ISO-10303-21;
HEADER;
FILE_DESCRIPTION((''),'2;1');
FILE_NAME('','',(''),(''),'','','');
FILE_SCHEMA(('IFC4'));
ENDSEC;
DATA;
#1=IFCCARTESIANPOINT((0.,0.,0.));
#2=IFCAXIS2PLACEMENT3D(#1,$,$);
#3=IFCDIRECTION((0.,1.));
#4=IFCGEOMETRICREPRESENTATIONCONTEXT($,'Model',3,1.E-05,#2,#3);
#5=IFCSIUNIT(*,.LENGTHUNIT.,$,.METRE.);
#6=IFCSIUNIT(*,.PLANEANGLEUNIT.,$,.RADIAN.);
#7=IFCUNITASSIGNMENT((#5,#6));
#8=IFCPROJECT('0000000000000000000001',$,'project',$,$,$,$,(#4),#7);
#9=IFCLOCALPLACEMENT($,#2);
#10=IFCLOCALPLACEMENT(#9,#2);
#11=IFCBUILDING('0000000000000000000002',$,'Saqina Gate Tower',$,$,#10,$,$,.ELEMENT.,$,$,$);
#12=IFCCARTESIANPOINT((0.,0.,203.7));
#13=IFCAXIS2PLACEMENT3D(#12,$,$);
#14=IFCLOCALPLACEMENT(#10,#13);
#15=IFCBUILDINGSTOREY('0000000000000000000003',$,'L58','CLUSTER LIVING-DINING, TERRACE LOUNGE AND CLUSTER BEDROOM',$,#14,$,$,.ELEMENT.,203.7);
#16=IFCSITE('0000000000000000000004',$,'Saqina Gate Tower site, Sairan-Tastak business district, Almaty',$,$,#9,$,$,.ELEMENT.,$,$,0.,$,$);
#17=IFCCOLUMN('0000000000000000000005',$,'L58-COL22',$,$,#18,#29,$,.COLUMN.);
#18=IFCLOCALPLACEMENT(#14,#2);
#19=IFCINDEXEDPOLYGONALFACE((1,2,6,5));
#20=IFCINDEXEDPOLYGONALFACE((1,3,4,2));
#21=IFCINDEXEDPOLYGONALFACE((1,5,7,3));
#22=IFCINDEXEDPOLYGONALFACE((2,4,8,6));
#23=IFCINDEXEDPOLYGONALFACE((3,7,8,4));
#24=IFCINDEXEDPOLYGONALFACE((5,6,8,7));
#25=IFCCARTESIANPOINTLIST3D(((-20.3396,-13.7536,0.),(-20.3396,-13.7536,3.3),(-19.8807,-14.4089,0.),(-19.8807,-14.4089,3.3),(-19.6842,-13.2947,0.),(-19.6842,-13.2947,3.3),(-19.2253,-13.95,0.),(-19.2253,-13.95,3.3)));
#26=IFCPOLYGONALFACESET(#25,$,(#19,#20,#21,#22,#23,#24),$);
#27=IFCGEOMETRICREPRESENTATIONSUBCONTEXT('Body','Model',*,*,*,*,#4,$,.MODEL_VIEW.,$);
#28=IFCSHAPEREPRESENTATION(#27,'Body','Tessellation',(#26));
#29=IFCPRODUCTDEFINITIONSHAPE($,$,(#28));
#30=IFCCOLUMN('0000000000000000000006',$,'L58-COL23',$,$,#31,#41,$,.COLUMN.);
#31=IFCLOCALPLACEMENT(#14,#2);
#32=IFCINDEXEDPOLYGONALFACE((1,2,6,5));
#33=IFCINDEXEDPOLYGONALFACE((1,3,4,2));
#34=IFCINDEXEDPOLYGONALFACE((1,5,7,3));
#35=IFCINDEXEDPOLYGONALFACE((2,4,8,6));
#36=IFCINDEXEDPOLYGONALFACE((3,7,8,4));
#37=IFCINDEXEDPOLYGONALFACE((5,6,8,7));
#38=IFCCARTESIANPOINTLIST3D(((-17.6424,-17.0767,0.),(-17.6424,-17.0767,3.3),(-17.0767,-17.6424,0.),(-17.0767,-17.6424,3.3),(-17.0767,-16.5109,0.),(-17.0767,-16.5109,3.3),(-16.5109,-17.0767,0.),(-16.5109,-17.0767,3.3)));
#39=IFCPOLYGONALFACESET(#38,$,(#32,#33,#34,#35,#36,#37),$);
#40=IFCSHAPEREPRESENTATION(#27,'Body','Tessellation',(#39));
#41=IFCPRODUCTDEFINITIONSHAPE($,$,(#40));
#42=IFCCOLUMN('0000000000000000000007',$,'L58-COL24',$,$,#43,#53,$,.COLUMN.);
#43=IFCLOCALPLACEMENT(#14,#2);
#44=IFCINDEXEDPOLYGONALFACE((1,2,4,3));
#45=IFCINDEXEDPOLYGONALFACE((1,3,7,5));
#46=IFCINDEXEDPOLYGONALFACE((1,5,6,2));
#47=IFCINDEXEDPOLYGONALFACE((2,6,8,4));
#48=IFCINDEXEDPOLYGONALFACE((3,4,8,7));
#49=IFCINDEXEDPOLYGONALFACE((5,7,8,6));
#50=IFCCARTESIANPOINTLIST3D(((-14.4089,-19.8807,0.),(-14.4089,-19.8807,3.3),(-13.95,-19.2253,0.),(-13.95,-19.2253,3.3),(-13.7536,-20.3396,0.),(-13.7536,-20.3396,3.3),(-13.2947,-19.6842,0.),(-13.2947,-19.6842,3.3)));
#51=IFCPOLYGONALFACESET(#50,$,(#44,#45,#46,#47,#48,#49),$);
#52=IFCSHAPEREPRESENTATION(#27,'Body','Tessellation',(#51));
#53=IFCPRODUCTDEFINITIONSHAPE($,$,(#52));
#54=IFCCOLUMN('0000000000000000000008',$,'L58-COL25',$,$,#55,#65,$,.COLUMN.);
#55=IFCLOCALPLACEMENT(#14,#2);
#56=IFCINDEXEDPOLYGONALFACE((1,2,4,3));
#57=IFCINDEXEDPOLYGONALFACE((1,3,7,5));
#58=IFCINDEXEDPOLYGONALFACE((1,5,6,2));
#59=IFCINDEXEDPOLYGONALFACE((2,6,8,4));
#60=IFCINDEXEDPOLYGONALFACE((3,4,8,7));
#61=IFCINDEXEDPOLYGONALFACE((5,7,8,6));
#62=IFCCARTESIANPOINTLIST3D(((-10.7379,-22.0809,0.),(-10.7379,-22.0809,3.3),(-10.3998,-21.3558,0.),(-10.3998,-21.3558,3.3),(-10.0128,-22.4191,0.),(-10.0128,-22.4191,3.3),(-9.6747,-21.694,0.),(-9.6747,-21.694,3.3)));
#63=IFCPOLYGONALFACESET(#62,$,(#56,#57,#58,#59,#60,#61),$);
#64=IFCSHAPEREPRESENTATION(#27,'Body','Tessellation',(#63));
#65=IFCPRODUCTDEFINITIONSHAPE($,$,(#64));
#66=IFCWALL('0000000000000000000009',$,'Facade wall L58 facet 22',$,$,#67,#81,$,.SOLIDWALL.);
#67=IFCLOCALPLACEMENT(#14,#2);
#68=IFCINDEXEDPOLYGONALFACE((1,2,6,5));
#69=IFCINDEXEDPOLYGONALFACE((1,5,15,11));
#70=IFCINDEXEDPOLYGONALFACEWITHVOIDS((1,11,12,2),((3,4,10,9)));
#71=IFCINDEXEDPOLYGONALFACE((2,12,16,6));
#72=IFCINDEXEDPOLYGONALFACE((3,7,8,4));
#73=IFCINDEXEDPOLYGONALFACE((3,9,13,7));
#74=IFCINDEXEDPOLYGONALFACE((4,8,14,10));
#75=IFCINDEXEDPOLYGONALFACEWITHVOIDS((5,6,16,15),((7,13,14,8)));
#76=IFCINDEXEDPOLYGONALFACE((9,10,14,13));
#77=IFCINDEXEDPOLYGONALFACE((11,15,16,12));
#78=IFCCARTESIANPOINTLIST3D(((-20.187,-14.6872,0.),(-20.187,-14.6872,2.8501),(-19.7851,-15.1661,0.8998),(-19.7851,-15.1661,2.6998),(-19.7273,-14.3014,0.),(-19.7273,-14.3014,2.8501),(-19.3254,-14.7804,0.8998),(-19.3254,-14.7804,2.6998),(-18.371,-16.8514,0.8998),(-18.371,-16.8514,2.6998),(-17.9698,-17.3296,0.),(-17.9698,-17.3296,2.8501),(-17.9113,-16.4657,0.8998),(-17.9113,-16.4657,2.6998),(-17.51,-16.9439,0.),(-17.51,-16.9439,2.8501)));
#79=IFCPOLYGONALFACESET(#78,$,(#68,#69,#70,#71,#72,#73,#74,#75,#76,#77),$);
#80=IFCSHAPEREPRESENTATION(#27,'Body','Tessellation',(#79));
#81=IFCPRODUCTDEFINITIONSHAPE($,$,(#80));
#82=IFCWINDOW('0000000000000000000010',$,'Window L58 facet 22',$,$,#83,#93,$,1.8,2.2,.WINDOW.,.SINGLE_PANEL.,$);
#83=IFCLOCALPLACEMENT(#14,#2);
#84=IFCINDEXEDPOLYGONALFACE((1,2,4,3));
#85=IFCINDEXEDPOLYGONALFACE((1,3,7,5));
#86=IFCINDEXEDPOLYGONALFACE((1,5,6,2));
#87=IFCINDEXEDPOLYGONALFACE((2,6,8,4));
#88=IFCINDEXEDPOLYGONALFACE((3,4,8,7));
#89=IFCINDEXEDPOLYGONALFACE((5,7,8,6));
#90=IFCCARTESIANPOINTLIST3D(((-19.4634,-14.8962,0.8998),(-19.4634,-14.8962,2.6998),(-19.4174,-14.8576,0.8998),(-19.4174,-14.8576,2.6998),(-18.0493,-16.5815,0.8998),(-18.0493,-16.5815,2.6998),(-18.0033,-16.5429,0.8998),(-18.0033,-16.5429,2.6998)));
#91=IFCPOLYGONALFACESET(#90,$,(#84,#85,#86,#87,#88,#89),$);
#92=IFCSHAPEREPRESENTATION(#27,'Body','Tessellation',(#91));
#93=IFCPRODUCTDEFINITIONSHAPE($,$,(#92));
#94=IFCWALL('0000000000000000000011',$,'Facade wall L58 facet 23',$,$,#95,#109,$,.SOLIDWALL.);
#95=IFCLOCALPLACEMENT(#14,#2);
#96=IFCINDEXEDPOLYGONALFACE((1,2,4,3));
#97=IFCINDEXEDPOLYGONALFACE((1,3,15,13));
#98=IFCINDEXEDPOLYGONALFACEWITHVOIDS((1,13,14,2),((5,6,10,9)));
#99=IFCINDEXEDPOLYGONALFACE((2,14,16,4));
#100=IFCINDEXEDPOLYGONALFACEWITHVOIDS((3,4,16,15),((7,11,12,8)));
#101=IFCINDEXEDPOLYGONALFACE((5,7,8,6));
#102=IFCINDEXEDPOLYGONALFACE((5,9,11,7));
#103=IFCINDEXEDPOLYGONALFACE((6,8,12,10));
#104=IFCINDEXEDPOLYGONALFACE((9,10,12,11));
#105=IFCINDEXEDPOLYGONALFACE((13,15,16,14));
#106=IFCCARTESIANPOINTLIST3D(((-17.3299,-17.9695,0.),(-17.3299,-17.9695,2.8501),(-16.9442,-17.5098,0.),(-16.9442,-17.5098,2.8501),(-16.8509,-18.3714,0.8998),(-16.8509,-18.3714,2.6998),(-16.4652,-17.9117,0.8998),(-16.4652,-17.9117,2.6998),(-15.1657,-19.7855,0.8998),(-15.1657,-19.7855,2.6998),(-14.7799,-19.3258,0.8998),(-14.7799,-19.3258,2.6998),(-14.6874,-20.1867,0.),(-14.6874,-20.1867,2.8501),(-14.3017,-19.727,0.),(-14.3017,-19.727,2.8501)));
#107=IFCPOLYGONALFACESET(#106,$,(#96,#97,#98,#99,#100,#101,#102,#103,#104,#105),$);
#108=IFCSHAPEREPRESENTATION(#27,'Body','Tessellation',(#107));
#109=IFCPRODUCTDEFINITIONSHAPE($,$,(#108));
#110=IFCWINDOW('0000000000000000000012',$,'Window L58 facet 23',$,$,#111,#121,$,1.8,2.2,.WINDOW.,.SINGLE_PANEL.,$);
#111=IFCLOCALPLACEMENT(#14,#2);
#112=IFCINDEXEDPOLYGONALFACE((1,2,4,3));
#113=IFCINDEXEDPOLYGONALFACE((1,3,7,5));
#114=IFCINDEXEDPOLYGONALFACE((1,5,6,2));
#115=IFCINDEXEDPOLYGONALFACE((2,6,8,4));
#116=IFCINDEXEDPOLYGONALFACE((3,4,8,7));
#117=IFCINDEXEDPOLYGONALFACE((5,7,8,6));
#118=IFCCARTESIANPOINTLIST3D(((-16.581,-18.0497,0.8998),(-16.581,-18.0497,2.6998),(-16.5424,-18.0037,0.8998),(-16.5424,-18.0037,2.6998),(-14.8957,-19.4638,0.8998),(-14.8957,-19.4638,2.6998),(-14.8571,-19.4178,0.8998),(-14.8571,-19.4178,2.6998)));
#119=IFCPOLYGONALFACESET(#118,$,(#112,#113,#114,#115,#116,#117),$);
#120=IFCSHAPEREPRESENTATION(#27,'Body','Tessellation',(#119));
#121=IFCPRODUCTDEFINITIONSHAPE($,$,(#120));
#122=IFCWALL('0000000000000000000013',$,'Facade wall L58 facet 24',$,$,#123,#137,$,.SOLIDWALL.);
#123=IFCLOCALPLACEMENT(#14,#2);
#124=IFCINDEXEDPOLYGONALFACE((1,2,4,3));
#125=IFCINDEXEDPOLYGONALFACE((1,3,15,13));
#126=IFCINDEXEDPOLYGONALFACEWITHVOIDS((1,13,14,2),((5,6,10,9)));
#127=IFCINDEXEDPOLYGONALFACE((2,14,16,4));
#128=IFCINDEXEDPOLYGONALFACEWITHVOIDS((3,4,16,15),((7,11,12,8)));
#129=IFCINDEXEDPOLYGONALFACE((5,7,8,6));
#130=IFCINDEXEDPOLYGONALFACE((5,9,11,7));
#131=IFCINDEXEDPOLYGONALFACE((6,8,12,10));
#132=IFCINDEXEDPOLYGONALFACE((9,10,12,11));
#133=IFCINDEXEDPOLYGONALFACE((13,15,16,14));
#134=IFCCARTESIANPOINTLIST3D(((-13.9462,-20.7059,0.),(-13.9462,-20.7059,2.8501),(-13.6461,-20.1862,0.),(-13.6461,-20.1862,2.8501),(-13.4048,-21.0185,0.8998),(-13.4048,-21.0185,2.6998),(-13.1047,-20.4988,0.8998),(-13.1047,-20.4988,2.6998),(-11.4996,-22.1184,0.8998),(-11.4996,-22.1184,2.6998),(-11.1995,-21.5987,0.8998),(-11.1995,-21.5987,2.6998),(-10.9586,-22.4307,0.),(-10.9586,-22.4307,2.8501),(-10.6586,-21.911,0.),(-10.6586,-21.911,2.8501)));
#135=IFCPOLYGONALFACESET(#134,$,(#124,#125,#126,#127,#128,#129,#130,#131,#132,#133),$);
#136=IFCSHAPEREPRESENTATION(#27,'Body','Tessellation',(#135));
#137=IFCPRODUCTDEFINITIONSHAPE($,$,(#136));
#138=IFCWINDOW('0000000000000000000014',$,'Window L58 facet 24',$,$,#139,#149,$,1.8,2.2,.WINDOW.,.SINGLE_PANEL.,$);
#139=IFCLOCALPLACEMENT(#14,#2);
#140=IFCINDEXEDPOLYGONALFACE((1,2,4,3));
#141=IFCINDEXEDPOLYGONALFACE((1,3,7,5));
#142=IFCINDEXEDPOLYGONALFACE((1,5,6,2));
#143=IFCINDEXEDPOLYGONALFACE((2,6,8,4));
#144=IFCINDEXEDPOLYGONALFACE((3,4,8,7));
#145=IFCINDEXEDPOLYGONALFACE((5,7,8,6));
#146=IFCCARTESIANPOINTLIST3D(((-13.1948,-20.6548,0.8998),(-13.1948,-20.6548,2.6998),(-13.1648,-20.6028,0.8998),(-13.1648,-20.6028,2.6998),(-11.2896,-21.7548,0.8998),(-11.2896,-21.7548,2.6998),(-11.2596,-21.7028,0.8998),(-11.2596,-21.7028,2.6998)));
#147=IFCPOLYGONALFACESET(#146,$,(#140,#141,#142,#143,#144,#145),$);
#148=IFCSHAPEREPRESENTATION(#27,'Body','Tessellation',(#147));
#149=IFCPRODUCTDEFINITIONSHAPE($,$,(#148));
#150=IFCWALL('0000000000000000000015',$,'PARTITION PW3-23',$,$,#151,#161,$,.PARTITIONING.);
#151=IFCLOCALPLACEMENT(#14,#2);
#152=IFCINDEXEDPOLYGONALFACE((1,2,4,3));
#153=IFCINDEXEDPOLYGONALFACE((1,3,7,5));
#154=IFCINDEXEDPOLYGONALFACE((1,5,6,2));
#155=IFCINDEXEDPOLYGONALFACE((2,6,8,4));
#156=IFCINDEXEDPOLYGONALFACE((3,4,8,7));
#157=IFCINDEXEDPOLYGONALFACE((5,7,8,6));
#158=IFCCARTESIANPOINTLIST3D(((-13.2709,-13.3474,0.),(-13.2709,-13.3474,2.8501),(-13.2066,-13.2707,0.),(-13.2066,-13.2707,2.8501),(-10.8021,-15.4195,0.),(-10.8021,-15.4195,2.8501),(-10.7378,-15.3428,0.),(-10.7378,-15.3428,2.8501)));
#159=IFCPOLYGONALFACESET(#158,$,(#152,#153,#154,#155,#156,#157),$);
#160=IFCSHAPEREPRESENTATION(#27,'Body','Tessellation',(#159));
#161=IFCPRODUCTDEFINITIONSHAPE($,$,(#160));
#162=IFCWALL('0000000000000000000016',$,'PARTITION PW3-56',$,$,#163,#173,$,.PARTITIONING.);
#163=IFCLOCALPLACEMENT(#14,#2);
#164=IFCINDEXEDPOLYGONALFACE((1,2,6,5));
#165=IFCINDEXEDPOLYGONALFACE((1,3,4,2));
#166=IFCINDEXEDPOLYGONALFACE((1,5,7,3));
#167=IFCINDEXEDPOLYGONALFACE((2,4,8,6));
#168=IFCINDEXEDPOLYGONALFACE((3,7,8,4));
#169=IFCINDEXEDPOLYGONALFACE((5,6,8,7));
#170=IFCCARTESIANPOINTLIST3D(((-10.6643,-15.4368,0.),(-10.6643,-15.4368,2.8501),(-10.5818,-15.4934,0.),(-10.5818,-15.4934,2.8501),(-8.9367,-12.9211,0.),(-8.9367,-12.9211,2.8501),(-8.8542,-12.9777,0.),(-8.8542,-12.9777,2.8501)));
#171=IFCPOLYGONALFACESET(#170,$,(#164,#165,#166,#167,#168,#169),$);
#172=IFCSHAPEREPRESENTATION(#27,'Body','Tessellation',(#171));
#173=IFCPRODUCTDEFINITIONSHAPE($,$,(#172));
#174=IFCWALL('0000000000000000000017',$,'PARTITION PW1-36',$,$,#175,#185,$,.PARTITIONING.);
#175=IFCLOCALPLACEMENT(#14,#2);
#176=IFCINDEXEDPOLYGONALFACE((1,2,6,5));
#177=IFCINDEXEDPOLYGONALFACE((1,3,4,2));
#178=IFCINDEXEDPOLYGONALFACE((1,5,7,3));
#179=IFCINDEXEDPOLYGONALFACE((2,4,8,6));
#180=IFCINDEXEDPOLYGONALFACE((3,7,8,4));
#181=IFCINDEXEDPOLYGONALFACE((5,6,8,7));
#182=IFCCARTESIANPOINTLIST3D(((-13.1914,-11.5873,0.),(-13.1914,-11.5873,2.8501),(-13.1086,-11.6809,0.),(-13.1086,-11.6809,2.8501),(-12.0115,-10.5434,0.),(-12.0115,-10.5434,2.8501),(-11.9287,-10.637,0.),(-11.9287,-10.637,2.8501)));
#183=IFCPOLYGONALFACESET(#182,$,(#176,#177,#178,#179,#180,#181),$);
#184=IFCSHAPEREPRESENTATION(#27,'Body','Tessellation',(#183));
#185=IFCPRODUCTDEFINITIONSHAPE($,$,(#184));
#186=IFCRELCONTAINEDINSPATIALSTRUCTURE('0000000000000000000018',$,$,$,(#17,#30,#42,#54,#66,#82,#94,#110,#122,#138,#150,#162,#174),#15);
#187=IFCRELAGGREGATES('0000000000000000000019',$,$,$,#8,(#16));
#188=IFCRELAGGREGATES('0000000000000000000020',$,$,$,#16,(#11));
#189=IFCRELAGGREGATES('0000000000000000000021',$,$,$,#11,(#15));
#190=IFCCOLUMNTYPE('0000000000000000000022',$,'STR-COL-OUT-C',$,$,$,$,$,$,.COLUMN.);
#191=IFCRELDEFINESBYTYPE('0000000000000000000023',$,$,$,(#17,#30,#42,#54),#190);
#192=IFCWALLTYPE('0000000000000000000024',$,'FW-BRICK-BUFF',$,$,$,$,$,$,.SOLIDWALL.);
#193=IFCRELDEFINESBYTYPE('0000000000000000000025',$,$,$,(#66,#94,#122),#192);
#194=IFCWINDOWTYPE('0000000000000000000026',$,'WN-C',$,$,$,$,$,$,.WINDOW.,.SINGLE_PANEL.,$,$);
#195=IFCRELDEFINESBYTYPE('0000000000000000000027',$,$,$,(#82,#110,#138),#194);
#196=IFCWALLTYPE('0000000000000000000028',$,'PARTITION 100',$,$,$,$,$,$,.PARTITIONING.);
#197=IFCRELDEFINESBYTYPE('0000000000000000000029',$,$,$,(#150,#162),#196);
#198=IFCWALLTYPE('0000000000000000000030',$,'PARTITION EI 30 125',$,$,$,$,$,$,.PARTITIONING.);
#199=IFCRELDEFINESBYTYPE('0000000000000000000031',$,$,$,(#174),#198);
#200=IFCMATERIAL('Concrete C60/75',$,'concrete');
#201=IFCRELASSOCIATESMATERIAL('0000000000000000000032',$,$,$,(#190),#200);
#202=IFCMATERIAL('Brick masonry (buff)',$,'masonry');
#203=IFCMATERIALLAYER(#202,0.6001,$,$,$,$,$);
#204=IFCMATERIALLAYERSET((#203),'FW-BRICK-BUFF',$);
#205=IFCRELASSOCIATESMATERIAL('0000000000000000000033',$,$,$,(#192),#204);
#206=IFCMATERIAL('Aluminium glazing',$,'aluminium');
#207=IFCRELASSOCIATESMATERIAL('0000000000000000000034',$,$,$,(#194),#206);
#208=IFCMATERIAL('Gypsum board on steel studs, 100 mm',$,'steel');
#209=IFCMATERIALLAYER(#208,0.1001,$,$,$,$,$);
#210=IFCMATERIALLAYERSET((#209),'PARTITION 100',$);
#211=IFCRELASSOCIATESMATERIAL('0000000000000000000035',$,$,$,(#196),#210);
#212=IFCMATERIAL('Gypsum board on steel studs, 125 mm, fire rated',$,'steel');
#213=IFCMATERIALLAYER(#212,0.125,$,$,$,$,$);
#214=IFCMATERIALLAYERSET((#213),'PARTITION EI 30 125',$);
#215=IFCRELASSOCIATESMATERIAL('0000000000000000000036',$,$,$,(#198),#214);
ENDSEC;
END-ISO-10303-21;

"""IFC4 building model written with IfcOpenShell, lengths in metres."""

from ifc_helpers import new_model, si_unit, direction, frame, frame_2d, origin, origin_2d, place, context, subcontext, project, spatial, rectangle, extrude, material, layer, layer_set, material_profile, profile_set, type_object, element, fill, save


model = new_model("IFC4")

# Units and contexts
model_context = context("Model", 3, precision=1e-05, world=origin(), true_north=direction((0.0, 1.0)))
body_context = subcontext(model_context, "Body", "Model", "MODEL_VIEW")
ifc_project = project(units=[si_unit("LENGTHUNIT", "METRE"), si_unit("PLANEANGLEUNIT", "RADIAN")], contexts=[model_context])

# Site, building, storey
site_placement = place(None, origin())
site = spatial("IfcSite", under=ifc_project, at=site_placement, Name="Saqina Gate Tower site, Sairan-Tastak business district, Almaty", CompositionType="ELEMENT", RefElevation=0.0)
building_placement = place(site_placement, origin())
building = spatial("IfcBuilding", under=site, at=building_placement, Name="Saqina Gate Tower", CompositionType="ELEMENT")
storey_placement = place(building_placement, frame((0.0, 0.0, 203.7)))
storey = spatial("IfcBuildingStorey", under=building, at=storey_placement, Name="L58", Description="CLUSTER LIVING-DINING, TERRACE LOUNGE AND CLUSTER BEDROOM", CompositionType="ELEMENT", Elevation=203.7)

# Columns
ifc_material_1 = material(Name="Concrete C60/75", Category="concrete")
ifc_material_profile = material_profile(ifc_material_1, rectangle(XDim=0.8, YDim=0.8, at=origin_2d()), Name="RC 800x800")
ifc_profile_set = profile_set([ifc_material_profile], Name="Concrete C60/75")
column_type = type_object("IfcColumnType", Name="STR-COL-OUT-C", PredefinedType="COLUMN", material=ifc_profile_set)
for number, where, z_axis, x_axis, name in (
    (1, (-19.7825, -13.8518, 0.0), (0.0, 0.0, 1.0), (-0.819152, -0.573576, 0.0), "L58-COL22"),
    (2, (-17.0767, -17.0767, 0.0), (0.0, 0.0, 1.0), (-0.707107, -0.707107, 0.0), "L58-COL23"),
    (3, (-13.8518, -19.7825, 0.0), (0.0, 0.0, 1.0), (-0.573576, -0.819152, 0.0), "L58-COL24"),
    (4, (-10.2063, -21.8875, 0.0), (0.0, 0.0, 1.0), (-0.422618, -0.906308, 0.0), "L58-COL25"),
):
    element("IfcColumn", number, at=place(storey_placement, frame(where, z_axis=z_axis, x_axis=x_axis)), inside=storey, type_object=column_type, Name=name, PredefinedType="COLUMN", context=body_context, shape_type="SweptSolid", body=[
        extrude(rectangle(XDim=0.8, YDim=0.8, at=origin_2d()), origin(), (0.0, 0.0, 1.0), 3.3),
    ])

# Walls, openings, windows
ifc_material_2 = material(Name="Brick masonry (buff)", Category="masonry")
ifc_layer_1 = layer(ifc_material_2, 0.6001)
ifc_layer_set_1 = layer_set([ifc_layer_1], Name="FW-BRICK-BUFF")
wall_type_1 = type_object("IfcWallType", Name="FW-BRICK-BUFF", PredefinedType="SOLIDWALL", material=ifc_layer_set_1)
wall_1_placement = place(storey_placement, frame((-19.957, -14.4944, 0.0), z_axis=(0.0, 0.0, 1.0), x_axis=(0.64277, -0.766059, 0.0)))
wall_1 = element("IfcWall", 5, at=wall_1_placement, inside=storey, type_object=wall_type_1, Name="Facade wall L58 facet 22", PredefinedType="SOLIDWALL", context=body_context, shape_type="SweptSolid", body=[
    extrude(rectangle(XDim=3.4495, YDim=0.6001, at=frame_2d((1.7246, 0.0))), origin(), (0.0, 0.0, 1.0), 2.8501),
])
opening_1_placement = place(wall_1_placement, frame((0.625, 0.0, 0.8999)))
opening_1 = element("IfcOpeningElement", 6, at=opening_1_placement, cuts=wall_1, PredefinedType="OPENING", context=body_context, shape_type="SweptSolid", body=[
    extrude(rectangle(XDim=2.2, YDim=1.8, at=frame_2d((1.1001, 0.8999))), frame((0.0, 0.312, 0.0), z_axis=(0.0, -1.0, 0.0), x_axis=(1.0, 0.0, 0.0)), (0.0, 0.0, 1.0), 0.624),
])
ifc_material_3 = material(Name="Aluminium glazing", Category="aluminium")
window_type = type_object("IfcWindowType", Name="WN-C", PartitioningType="SINGLE_PANEL", PredefinedType="WINDOW", material=ifc_material_3)
window_1_placement = place(opening_1_placement, origin())
window_1 = element("IfcWindow", 7, at=window_1_placement, inside=storey, type_object=window_type, Name="Window L58 facet 22", OverallHeight=1.8, OverallWidth=2.2, PartitioningType="SINGLE_PANEL", PredefinedType="WINDOW", context=body_context, shape_type="SweptSolid", body=[
    extrude(rectangle(XDim=2.2, YDim=1.8, at=frame_2d((1.1001, 0.8999))), frame((0.0, 0.1799, 0.0), z_axis=(0.0, -1.0, 0.0), x_axis=(1.0, 0.0, 0.0)), (0.0, 0.0, 1.0), 0.0601),
])
fill(opening_1, window_1)
wall_2_placement = place(storey_placement, frame((-17.137, -17.7397, 0.0), z_axis=(0.0, 0.0, 1.0), x_axis=(0.766059, -0.64277, 0.0)))
wall_2 = element("IfcWall", 8, at=wall_2_placement, inside=storey, type_object=wall_type_1, Name="Facade wall L58 facet 23", PredefinedType="SOLIDWALL", context=body_context, shape_type="SweptSolid", body=[
    extrude(rectangle(XDim=3.4495, YDim=0.6001, at=frame_2d((1.7246, 0.0))), origin(), (0.0, 0.0, 1.0), 2.8501),
])
opening_2_placement = place(wall_2_placement, frame((0.625, 0.0, 0.8999)))
opening_2 = element("IfcOpeningElement", 9, at=opening_2_placement, cuts=wall_2, PredefinedType="OPENING", context=body_context, shape_type="SweptSolid", body=[
    extrude(rectangle(XDim=2.2, YDim=1.8, at=frame_2d((1.1001, 0.8999))), frame((0.0, 0.312, 0.0), z_axis=(0.0, -1.0, 0.0), x_axis=(1.0, 0.0, 0.0)), (0.0, 0.0, 1.0), 0.624),
])
window_2_placement = place(opening_2_placement, origin())
window_2 = element("IfcWindow", 10, at=window_2_placement, inside=storey, type_object=window_type, Name="Window L58 facet 23", OverallHeight=1.8, OverallWidth=2.2, PartitioningType="SINGLE_PANEL", PredefinedType="WINDOW", context=body_context, shape_type="SweptSolid", body=[
    extrude(rectangle(XDim=2.2, YDim=1.8, at=frame_2d((1.1001, 0.8999))), frame((0.0, 0.1799, 0.0), z_axis=(0.0, -1.0, 0.0), x_axis=(1.0, 0.0, 0.0)), (0.0, 0.0, 1.0), 0.0601),
])
fill(opening_2, window_2)
wall_3_placement = place(storey_placement, frame((-13.7961, -20.446, 0.0), z_axis=(0.0, 0.0, 1.0), x_axis=(0.866026, -0.499998, 0.0)))
wall_3 = element("IfcWall", 11, at=wall_3_placement, inside=storey, type_object=wall_type_1, Name="Facade wall L58 facet 24", PredefinedType="SOLIDWALL", context=body_context, shape_type="SweptSolid", body=[
    extrude(rectangle(XDim=3.4497, YDim=0.6001, at=frame_2d((1.7249, 0.0))), origin(), (0.0, 0.0, 1.0), 2.8501),
])
opening_3_placement = place(wall_3_placement, frame((0.625, 0.0, 0.8999)))
opening_3 = element("IfcOpeningElement", 12, at=opening_3_placement, cuts=wall_3, PredefinedType="OPENING", context=body_context, shape_type="SweptSolid", body=[
    extrude(rectangle(XDim=2.2, YDim=1.8, at=frame_2d((1.1001, 0.8999))), frame((0.0, 0.312, 0.0), z_axis=(0.0, -1.0, 0.0), x_axis=(1.0, 0.0, 0.0)), (0.0, 0.0, 1.0), 0.624),
])
window_3_placement = place(opening_3_placement, origin())
window_3 = element("IfcWindow", 13, at=window_3_placement, inside=storey, type_object=window_type, Name="Window L58 facet 24", OverallHeight=1.8, OverallWidth=2.2, PartitioningType="SINGLE_PANEL", PredefinedType="WINDOW", context=body_context, shape_type="SweptSolid", body=[
    extrude(rectangle(XDim=2.2, YDim=1.8, at=frame_2d((1.1001, 0.8999))), frame((0.0, 0.1799, 0.0), z_axis=(0.0, -1.0, 0.0), x_axis=(1.0, 0.0, 0.0)), (0.0, 0.0, 1.0), 0.0601),
])
fill(opening_3, window_3)

# Walls
ifc_material_4 = material(Name="Gypsum board on steel studs, 100 mm", Category="steel")
ifc_layer_2 = layer(ifc_material_4, 0.1001)
ifc_layer_set_2 = layer_set([ifc_layer_2], Name="PARTITION 100")
wall_type_2 = type_object("IfcWallType", Name="PARTITION 100", PredefinedType="PARTITIONING", material=ifc_layer_set_2)
wall_4_placement = place(storey_placement, frame((-13.2388, -13.3091, 0.0), z_axis=(0.0, 0.0, 1.0), x_axis=(0.765969, -0.642878, 0.0)))
element("IfcWall", 14, at=wall_4_placement, inside=storey, type_object=wall_type_2, Name="PARTITION PW3-23", PredefinedType="PARTITIONING", context=body_context, shape_type="SweptSolid", body=[
    extrude(rectangle(XDim=3.2231, YDim=0.1001, at=frame_2d((1.6116, 0.0))), origin(), (0.0, 0.0, 1.0), 2.8501),
])
wall_5_placement = place(storey_placement, frame((-10.623, -15.4651, 0.0), z_axis=(0.0, 0.0, 1.0), x_axis=(0.566094, 0.824341, 0.0)))
element("IfcWall", 15, at=wall_5_placement, inside=storey, type_object=wall_type_2, Name="PARTITION PW3-56", PredefinedType="PARTITIONING", context=body_context, shape_type="SweptSolid", body=[
    extrude(rectangle(XDim=3.0518, YDim=0.1001, at=frame_2d((1.5259, 0.0))), origin(), (0.0, 0.0, 1.0), 2.8501),
])
ifc_material_5 = material(Name="Gypsum board on steel studs, 125 mm, fire rated", Category="steel")
ifc_layer_3 = layer(ifc_material_5, 0.125)
ifc_layer_set_3 = layer_set([ifc_layer_3], Name="PARTITION EI 30 125")
wall_type_3 = type_object("IfcWallType", Name="PARTITION EI 30 125", PredefinedType="PARTITIONING", material=ifc_layer_set_3)
wall_6_placement = place(storey_placement, frame((-13.1499, -11.634, 0.0), z_axis=(0.0, 0.0, 1.0), x_axis=(0.748946, 0.662631, 0.0)))
element("IfcWall", 16, at=wall_6_placement, inside=storey, type_object=wall_type_3, Name="PARTITION PW1-36", PredefinedType="PARTITIONING", context=body_context, shape_type="SweptSolid", body=[
    extrude(rectangle(XDim=1.5754, YDim=0.125, at=frame_2d((0.7876, 0.0))), origin(), (0.0, 0.0, 1.0), 2.8501),
])

save(model, "model.ifc")
